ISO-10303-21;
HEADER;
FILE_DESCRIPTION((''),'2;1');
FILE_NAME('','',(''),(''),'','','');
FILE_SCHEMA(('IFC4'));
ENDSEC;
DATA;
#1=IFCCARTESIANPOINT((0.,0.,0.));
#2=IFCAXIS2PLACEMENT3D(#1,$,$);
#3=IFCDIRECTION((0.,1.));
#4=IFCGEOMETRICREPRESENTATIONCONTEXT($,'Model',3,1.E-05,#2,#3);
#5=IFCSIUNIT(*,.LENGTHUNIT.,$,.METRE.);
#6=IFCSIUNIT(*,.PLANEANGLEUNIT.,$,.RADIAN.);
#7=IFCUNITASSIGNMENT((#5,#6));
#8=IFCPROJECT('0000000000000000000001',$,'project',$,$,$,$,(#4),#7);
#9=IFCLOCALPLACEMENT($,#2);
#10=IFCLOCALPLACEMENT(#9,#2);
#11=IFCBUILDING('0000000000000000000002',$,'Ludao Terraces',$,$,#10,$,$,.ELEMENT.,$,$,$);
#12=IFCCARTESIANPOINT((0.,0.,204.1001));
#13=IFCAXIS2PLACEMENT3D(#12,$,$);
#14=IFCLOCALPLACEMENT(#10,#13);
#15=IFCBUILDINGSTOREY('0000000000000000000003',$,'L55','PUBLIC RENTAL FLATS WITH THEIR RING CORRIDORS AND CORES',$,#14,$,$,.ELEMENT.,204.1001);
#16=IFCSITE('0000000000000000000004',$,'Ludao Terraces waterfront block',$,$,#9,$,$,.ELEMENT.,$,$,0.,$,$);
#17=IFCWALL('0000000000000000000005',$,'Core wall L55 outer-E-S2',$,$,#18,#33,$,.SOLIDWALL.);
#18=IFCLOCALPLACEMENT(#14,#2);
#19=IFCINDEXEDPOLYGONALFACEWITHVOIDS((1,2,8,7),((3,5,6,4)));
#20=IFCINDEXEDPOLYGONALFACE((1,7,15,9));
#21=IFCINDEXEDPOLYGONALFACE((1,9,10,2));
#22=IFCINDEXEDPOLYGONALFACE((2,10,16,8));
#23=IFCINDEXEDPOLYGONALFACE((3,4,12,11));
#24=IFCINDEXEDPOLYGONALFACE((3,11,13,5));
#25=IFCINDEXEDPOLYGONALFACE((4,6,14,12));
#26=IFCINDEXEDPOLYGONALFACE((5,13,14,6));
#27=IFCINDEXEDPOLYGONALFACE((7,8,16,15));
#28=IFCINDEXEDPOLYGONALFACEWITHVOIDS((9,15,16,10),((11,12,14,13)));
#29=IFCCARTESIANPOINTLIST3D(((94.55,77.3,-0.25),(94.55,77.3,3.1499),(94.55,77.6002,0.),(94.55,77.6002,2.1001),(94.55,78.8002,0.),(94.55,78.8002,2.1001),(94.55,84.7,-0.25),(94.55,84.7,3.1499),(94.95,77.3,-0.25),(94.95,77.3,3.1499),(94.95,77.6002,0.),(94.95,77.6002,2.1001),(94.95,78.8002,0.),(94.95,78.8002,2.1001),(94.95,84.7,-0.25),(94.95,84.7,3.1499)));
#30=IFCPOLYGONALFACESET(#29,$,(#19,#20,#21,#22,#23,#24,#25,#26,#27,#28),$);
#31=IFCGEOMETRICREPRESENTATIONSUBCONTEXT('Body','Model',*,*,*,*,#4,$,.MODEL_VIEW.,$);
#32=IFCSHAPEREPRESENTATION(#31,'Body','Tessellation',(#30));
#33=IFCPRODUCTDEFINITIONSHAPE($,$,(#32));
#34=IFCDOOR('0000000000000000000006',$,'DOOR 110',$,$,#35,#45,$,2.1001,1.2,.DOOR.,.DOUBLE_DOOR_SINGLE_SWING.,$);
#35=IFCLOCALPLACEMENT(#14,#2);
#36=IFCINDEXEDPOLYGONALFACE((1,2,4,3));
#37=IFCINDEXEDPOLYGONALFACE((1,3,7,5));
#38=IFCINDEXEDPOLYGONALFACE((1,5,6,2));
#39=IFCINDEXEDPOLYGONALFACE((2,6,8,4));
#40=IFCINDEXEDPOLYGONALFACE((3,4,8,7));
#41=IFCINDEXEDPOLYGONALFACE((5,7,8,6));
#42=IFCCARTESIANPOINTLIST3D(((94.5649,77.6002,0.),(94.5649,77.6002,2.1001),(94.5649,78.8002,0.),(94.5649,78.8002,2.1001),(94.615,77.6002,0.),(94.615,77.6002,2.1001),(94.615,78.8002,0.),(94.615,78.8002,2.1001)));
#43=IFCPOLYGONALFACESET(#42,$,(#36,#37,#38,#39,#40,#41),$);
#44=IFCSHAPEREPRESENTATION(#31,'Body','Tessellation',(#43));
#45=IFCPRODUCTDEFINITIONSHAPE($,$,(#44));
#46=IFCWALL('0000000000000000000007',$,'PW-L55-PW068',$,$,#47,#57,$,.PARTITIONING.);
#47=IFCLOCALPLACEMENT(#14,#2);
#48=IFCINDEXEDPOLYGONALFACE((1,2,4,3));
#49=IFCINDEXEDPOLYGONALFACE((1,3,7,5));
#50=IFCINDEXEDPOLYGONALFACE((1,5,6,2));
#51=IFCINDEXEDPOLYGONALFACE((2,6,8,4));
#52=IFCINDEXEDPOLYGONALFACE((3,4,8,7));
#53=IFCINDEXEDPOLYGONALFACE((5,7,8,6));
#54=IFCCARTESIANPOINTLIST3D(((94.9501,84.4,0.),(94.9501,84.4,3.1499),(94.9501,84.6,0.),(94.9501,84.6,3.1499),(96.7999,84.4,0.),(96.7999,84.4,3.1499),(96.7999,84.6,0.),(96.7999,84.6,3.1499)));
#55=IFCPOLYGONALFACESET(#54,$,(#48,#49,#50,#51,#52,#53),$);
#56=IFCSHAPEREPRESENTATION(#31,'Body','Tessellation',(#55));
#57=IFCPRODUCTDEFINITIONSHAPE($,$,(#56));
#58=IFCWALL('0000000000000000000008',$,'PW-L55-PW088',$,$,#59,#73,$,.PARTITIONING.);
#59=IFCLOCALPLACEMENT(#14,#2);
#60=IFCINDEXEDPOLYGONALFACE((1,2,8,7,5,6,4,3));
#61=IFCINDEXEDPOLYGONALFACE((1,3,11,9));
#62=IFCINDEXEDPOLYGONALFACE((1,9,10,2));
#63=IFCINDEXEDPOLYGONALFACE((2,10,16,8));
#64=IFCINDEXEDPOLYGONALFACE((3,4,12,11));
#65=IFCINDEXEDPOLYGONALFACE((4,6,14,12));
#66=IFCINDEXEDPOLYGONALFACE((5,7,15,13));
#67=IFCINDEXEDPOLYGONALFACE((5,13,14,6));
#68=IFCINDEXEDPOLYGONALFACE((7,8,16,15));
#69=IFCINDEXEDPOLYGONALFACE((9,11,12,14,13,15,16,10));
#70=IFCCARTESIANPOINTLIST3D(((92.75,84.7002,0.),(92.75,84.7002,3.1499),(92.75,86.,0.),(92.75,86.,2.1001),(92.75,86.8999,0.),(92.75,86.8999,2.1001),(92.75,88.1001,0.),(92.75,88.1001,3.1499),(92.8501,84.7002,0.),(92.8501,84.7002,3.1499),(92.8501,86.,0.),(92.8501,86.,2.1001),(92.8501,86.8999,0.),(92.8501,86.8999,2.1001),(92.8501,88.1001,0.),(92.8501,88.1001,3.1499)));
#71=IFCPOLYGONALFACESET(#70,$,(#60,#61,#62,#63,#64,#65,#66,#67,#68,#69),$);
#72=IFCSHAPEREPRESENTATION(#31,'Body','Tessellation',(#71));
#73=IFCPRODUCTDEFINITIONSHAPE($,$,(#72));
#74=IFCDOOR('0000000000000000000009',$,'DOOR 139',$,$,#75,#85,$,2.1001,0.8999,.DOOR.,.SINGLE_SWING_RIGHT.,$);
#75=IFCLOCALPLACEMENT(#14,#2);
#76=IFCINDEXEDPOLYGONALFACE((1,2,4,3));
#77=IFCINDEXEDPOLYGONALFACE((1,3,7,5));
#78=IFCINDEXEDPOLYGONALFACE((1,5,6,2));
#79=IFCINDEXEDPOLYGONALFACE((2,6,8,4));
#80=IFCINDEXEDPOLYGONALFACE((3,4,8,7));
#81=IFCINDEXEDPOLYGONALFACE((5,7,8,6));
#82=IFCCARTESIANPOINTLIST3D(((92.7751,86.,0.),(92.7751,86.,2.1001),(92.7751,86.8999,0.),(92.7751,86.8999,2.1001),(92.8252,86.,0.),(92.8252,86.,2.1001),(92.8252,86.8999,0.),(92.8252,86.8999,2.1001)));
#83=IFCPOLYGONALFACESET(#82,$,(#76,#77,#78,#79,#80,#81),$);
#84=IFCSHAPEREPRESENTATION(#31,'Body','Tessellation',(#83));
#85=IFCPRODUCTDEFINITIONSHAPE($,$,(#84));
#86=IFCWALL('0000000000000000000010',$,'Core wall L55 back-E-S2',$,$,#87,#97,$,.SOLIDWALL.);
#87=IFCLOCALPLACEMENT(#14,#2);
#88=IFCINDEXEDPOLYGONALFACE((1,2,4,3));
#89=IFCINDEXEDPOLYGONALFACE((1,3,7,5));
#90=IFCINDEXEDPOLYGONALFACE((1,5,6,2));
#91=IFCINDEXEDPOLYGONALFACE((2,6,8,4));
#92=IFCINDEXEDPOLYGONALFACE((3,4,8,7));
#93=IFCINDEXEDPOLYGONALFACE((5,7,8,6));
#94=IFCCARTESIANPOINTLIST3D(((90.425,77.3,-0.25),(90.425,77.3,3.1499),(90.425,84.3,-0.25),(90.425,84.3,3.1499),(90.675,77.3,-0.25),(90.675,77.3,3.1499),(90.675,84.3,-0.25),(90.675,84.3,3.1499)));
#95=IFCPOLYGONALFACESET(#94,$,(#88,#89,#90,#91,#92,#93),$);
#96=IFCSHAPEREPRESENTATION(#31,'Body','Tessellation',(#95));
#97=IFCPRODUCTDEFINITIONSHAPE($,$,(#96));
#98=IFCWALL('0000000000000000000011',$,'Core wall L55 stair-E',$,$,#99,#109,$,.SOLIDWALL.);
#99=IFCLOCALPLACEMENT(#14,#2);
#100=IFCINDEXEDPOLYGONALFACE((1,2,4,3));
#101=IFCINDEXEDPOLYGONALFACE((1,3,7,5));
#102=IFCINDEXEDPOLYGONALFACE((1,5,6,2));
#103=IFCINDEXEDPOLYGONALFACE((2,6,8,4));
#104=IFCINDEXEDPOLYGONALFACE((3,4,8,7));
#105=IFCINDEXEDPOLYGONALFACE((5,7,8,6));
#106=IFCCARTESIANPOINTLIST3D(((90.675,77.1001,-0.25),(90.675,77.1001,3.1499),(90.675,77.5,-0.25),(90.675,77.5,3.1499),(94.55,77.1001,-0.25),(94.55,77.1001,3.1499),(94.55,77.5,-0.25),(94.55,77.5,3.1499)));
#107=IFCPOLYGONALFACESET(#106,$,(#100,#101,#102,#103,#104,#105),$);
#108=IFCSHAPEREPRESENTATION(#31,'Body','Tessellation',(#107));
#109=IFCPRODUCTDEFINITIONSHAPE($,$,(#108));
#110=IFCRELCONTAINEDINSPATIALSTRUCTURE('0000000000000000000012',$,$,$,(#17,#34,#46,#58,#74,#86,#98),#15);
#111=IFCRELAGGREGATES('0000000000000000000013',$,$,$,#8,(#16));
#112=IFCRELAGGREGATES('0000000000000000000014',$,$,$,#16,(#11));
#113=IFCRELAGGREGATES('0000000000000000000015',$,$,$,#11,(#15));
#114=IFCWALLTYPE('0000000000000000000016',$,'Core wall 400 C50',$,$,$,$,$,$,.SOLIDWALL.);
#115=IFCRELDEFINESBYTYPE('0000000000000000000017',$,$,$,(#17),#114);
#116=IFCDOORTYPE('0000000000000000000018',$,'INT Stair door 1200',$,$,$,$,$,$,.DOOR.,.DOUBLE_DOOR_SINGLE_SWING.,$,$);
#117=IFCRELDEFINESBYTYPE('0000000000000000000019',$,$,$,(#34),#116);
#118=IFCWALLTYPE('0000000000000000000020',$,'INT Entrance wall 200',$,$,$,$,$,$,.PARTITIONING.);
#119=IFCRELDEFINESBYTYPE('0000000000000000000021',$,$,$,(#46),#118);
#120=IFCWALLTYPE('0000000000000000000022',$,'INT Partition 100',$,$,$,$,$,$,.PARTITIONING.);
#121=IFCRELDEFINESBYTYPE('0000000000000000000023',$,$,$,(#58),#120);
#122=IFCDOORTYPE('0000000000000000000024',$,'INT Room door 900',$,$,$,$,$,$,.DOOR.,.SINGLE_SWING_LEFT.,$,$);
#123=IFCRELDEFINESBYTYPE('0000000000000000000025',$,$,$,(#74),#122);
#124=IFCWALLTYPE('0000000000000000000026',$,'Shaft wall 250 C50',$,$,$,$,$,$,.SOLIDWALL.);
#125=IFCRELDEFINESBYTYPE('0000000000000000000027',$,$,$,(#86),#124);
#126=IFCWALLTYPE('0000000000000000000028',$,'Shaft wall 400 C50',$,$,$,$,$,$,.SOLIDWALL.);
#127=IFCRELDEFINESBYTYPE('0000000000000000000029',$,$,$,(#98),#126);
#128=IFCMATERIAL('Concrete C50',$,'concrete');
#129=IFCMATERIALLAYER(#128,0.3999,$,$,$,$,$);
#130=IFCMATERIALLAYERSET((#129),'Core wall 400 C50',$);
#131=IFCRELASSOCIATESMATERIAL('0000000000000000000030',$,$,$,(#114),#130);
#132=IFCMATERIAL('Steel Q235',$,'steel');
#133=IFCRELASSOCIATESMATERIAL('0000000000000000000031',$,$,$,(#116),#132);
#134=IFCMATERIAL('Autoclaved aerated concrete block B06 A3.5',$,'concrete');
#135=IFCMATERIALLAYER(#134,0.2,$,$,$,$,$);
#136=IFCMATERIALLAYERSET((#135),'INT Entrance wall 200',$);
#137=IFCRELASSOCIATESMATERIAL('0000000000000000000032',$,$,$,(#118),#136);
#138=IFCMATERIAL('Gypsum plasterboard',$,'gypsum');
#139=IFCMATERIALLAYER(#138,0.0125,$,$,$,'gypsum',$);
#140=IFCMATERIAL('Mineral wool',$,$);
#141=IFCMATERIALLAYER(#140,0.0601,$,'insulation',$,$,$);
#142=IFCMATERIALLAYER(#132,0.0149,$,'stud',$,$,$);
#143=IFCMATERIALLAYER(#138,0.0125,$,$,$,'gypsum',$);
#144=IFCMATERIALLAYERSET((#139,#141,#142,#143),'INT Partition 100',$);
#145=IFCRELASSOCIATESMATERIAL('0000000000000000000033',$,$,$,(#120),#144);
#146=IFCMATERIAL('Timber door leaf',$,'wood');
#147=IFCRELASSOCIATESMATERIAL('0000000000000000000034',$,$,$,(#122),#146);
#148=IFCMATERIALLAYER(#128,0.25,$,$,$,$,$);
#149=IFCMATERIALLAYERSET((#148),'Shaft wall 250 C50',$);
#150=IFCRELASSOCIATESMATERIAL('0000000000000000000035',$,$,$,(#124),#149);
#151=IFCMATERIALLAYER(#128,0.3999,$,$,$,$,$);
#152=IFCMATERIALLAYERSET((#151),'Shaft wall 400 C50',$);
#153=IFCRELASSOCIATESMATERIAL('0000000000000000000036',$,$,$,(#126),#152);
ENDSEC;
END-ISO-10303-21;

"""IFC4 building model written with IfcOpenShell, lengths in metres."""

from ifc_helpers import new_model, si_unit, direction, frame, frame_2d, origin, place, context, subcontext, project, spatial, rectangle, extrude, material, layer, layer_set, type_object, element, fill, save


model = new_model("IFC4")

# Units and contexts
model_context = context("Model", 3, precision=1e-05, world=origin(), true_north=direction((0.0, 1.0)))
body_context = subcontext(model_context, "Body", "Model", "MODEL_VIEW")
ifc_project = project(units=[si_unit("LENGTHUNIT", "METRE"), si_unit("PLANEANGLEUNIT", "RADIAN")], contexts=[model_context])

# Site, building, storey
site_placement = place(None, origin())
site = spatial("IfcSite", under=ifc_project, at=site_placement, Name="Ludao Terraces waterfront block", CompositionType="ELEMENT", RefElevation=0.0)
building_placement = place(site_placement, origin())
building = spatial("IfcBuilding", under=site, at=building_placement, Name="Ludao Terraces", CompositionType="ELEMENT")
storey_placement = place(building_placement, frame((0.0, 0.0, 204.1001)))
storey = spatial("IfcBuildingStorey", under=building, at=storey_placement, Name="L55", Description="PUBLIC RENTAL FLATS WITH THEIR RING CORRIDORS AND CORES", CompositionType="ELEMENT", Elevation=204.1001)

# Wall, opening, door
ifc_material_1 = material(Name="Concrete C50", Category="concrete")
ifc_layer_1 = layer(ifc_material_1, 0.3999)
ifc_layer_set_1 = layer_set([ifc_layer_1], Name="Core wall 400 C50")
wall_type_1 = type_object("IfcWallType", Name="Core wall 400 C50", PredefinedType="SOLIDWALL", material=ifc_layer_set_1)
wall_1_placement = place(storey_placement, frame((94.75, 77.3, -0.25), z_axis=(0.0, 0.0, 1.0), x_axis=(0.0, 1.0, 0.0)))
wall_1 = element("IfcWall", 1, at=wall_1_placement, inside=storey, type_object=wall_type_1, Name="Core wall L55 outer-E-S2", PredefinedType="SOLIDWALL", context=body_context, shape_type="SweptSolid", body=[
    extrude(rectangle(XDim=7.3999, YDim=0.3999, at=frame_2d((3.7, 0.0))), origin(), (0.0, 0.0, 1.0), 3.3999),
])
opening_1_placement = place(wall_1_placement, frame((0.3, 0.0, 0.25)))
opening_1 = element("IfcOpeningElement", 2, at=opening_1_placement, cuts=wall_1, PredefinedType="OPENING", context=body_context, shape_type="SweptSolid", body=[
    extrude(rectangle(XDim=1.2, YDim=2.1001, at=frame_2d((0.6001, 1.05))), frame((0.0, 0.21, 0.0), z_axis=(0.0, -1.0, 0.0), x_axis=(1.0, 0.0, 0.0)), (0.0, 0.0, 1.0), 0.4199),
])
ifc_material_2 = material(Name="Steel Q235", Category="steel")
door_type_1 = type_object("IfcDoorType", Name="INT Stair door 1200", OperationType="DOUBLE_DOOR_SINGLE_SWING", PredefinedType="DOOR", material=ifc_material_2)
door_1_placement = place(opening_1_placement, origin())
door_1 = element("IfcDoor", 3, at=door_1_placement, inside=storey, type_object=door_type_1, Name="DOOR 110", OperationType="DOUBLE_DOOR_SINGLE_SWING", OverallHeight=2.1001, OverallWidth=1.2, PredefinedType="DOOR", context=body_context, shape_type="SweptSolid", body=[
    extrude(rectangle(XDim=1.2, YDim=2.1001, at=frame_2d((0.6001, 1.05))), frame((0.0, 0.1851, 0.0), z_axis=(0.0, -1.0, 0.0), x_axis=(1.0, 0.0, 0.0)), (0.0, 0.0, 1.0), 0.05),
])
fill(opening_1, door_1)

# Wall
ifc_material_3 = material(Name="Autoclaved aerated concrete block B06 A3.5", Category="concrete")
ifc_layer_2 = layer(ifc_material_3, 0.2)
ifc_layer_set_2 = layer_set([ifc_layer_2], Name="INT Entrance wall 200")
wall_type_2 = type_object("IfcWallType", Name="INT Entrance wall 200", PredefinedType="PARTITIONING", material=ifc_layer_set_2)
wall_2_placement = place(storey_placement, frame((94.9502, 84.5, 0.0), z_axis=(0.0, 0.0, 1.0), x_axis=(1.0, 0.0, 0.0)))
element("IfcWall", 4, at=wall_2_placement, inside=storey, type_object=wall_type_2, Name="PW-L55-PW068", PredefinedType="PARTITIONING", context=body_context, shape_type="SweptSolid", body=[
    extrude(rectangle(XDim=1.8499, YDim=0.2, at=frame_2d((0.9248, 0.0))), origin(), (0.0, 0.0, 1.0), 3.1499),
])

# Wall, opening, door
ifc_material_4 = material(Name="Gypsum plasterboard", Category="gypsum")
ifc_layer_3 = layer(ifc_material_4, 0.0125, Category="gypsum")
ifc_material_5 = material(Name="Mineral wool")
ifc_layer_4 = layer(ifc_material_5, 0.0601, Name="insulation")
ifc_layer_5 = layer(ifc_material_2, 0.0149, Name="stud")
ifc_layer_6 = layer(ifc_material_4, 0.0125, Category="gypsum")
ifc_layer_set_3 = layer_set([ifc_layer_3, ifc_layer_4, ifc_layer_5, ifc_layer_6], Name="INT Partition 100")
wall_type_3 = type_object("IfcWallType", Name="INT Partition 100", PredefinedType="PARTITIONING", material=ifc_layer_set_3)
wall_3_placement = place(storey_placement, frame((92.8, 84.7002, 0.0), z_axis=(0.0, 0.0, 1.0), x_axis=(0.0, 1.0, 0.0)))
wall_3 = element("IfcWall", 5, at=wall_3_placement, inside=storey, type_object=wall_type_3, Name="PW-L55-PW088", PredefinedType="PARTITIONING", context=body_context, shape_type="SweptSolid", body=[
    extrude(rectangle(XDim=3.3999, YDim=0.1001, at=frame_2d((1.7, 0.0))), origin(), (0.0, 0.0, 1.0), 3.1499),
])
opening_2_placement = place(wall_3_placement, frame((1.2998, 0.0, 0.0)))
opening_2 = element("IfcOpeningElement", 6, at=opening_2_placement, cuts=wall_3, PredefinedType="OPENING", context=body_context, shape_type="SweptSolid", body=[
    extrude(rectangle(XDim=0.8999, YDim=2.1001, at=frame_2d((0.45, 1.05))), frame((0.0, 0.0601, 0.0), z_axis=(0.0, -1.0, 0.0), x_axis=(1.0, 0.0, 0.0)), (0.0, 0.0, 1.0), 0.1201),
])
ifc_material_6 = material(Name="Timber door leaf", Category="wood")
door_type_2 = type_object("IfcDoorType", Name="INT Room door 900", OperationType="SINGLE_SWING_LEFT", PredefinedType="DOOR", material=ifc_material_6)
door_2_placement = place(opening_2_placement, origin())
door_2 = element("IfcDoor", 7, at=door_2_placement, inside=storey, type_object=door_type_2, Name="DOOR 139", OperationType="SINGLE_SWING_RIGHT", OverallHeight=2.1001, OverallWidth=0.8999, PredefinedType="DOOR", context=body_context, shape_type="SweptSolid", body=[
    extrude(rectangle(XDim=0.8999, YDim=2.1001, at=frame_2d((0.45, 1.05))), frame((0.0, 0.0249, 0.0), z_axis=(0.0, -1.0, 0.0), x_axis=(1.0, 0.0, 0.0)), (0.0, 0.0, 1.0), 0.05),
])
fill(opening_2, door_2)

# Walls
ifc_layer_7 = layer(ifc_material_1, 0.25)
ifc_layer_set_4 = layer_set([ifc_layer_7], Name="Shaft wall 250 C50")
wall_type_4 = type_object("IfcWallType", Name="Shaft wall 250 C50", PredefinedType="SOLIDWALL", material=ifc_layer_set_4)
wall_4_placement = place(storey_placement, frame((90.55, 77.3, -0.25), z_axis=(0.0, 0.0, 1.0), x_axis=(0.0, 1.0, 0.0)))
element("IfcWall", 8, at=wall_4_placement, inside=storey, type_object=wall_type_4, Name="Core wall L55 back-E-S2", PredefinedType="SOLIDWALL", context=body_context, shape_type="SweptSolid", body=[
    extrude(rectangle(XDim=7.0, YDim=0.25, at=frame_2d((3.5, 0.0))), origin(), (0.0, 0.0, 1.0), 3.3999),
])
ifc_layer_8 = layer(ifc_material_1, 0.3999)
ifc_layer_set_5 = layer_set([ifc_layer_8], Name="Shaft wall 400 C50")
wall_type_5 = type_object("IfcWallType", Name="Shaft wall 400 C50", PredefinedType="SOLIDWALL", material=ifc_layer_set_5)
wall_5_placement = place(storey_placement, frame((90.675, 77.3, -0.25), z_axis=(0.0, 0.0, 1.0), x_axis=(1.0, 0.0, 0.0)))
element("IfcWall", 9, at=wall_5_placement, inside=storey, type_object=wall_type_5, Name="Core wall L55 stair-E", PredefinedType="SOLIDWALL", context=body_context, shape_type="SweptSolid", body=[
    extrude(rectangle(XDim=3.875, YDim=0.3999, at=frame_2d((1.9375, 0.0))), origin(), (0.0, 0.0, 1.0), 3.3999),
])

save(model, "model.ifc")
